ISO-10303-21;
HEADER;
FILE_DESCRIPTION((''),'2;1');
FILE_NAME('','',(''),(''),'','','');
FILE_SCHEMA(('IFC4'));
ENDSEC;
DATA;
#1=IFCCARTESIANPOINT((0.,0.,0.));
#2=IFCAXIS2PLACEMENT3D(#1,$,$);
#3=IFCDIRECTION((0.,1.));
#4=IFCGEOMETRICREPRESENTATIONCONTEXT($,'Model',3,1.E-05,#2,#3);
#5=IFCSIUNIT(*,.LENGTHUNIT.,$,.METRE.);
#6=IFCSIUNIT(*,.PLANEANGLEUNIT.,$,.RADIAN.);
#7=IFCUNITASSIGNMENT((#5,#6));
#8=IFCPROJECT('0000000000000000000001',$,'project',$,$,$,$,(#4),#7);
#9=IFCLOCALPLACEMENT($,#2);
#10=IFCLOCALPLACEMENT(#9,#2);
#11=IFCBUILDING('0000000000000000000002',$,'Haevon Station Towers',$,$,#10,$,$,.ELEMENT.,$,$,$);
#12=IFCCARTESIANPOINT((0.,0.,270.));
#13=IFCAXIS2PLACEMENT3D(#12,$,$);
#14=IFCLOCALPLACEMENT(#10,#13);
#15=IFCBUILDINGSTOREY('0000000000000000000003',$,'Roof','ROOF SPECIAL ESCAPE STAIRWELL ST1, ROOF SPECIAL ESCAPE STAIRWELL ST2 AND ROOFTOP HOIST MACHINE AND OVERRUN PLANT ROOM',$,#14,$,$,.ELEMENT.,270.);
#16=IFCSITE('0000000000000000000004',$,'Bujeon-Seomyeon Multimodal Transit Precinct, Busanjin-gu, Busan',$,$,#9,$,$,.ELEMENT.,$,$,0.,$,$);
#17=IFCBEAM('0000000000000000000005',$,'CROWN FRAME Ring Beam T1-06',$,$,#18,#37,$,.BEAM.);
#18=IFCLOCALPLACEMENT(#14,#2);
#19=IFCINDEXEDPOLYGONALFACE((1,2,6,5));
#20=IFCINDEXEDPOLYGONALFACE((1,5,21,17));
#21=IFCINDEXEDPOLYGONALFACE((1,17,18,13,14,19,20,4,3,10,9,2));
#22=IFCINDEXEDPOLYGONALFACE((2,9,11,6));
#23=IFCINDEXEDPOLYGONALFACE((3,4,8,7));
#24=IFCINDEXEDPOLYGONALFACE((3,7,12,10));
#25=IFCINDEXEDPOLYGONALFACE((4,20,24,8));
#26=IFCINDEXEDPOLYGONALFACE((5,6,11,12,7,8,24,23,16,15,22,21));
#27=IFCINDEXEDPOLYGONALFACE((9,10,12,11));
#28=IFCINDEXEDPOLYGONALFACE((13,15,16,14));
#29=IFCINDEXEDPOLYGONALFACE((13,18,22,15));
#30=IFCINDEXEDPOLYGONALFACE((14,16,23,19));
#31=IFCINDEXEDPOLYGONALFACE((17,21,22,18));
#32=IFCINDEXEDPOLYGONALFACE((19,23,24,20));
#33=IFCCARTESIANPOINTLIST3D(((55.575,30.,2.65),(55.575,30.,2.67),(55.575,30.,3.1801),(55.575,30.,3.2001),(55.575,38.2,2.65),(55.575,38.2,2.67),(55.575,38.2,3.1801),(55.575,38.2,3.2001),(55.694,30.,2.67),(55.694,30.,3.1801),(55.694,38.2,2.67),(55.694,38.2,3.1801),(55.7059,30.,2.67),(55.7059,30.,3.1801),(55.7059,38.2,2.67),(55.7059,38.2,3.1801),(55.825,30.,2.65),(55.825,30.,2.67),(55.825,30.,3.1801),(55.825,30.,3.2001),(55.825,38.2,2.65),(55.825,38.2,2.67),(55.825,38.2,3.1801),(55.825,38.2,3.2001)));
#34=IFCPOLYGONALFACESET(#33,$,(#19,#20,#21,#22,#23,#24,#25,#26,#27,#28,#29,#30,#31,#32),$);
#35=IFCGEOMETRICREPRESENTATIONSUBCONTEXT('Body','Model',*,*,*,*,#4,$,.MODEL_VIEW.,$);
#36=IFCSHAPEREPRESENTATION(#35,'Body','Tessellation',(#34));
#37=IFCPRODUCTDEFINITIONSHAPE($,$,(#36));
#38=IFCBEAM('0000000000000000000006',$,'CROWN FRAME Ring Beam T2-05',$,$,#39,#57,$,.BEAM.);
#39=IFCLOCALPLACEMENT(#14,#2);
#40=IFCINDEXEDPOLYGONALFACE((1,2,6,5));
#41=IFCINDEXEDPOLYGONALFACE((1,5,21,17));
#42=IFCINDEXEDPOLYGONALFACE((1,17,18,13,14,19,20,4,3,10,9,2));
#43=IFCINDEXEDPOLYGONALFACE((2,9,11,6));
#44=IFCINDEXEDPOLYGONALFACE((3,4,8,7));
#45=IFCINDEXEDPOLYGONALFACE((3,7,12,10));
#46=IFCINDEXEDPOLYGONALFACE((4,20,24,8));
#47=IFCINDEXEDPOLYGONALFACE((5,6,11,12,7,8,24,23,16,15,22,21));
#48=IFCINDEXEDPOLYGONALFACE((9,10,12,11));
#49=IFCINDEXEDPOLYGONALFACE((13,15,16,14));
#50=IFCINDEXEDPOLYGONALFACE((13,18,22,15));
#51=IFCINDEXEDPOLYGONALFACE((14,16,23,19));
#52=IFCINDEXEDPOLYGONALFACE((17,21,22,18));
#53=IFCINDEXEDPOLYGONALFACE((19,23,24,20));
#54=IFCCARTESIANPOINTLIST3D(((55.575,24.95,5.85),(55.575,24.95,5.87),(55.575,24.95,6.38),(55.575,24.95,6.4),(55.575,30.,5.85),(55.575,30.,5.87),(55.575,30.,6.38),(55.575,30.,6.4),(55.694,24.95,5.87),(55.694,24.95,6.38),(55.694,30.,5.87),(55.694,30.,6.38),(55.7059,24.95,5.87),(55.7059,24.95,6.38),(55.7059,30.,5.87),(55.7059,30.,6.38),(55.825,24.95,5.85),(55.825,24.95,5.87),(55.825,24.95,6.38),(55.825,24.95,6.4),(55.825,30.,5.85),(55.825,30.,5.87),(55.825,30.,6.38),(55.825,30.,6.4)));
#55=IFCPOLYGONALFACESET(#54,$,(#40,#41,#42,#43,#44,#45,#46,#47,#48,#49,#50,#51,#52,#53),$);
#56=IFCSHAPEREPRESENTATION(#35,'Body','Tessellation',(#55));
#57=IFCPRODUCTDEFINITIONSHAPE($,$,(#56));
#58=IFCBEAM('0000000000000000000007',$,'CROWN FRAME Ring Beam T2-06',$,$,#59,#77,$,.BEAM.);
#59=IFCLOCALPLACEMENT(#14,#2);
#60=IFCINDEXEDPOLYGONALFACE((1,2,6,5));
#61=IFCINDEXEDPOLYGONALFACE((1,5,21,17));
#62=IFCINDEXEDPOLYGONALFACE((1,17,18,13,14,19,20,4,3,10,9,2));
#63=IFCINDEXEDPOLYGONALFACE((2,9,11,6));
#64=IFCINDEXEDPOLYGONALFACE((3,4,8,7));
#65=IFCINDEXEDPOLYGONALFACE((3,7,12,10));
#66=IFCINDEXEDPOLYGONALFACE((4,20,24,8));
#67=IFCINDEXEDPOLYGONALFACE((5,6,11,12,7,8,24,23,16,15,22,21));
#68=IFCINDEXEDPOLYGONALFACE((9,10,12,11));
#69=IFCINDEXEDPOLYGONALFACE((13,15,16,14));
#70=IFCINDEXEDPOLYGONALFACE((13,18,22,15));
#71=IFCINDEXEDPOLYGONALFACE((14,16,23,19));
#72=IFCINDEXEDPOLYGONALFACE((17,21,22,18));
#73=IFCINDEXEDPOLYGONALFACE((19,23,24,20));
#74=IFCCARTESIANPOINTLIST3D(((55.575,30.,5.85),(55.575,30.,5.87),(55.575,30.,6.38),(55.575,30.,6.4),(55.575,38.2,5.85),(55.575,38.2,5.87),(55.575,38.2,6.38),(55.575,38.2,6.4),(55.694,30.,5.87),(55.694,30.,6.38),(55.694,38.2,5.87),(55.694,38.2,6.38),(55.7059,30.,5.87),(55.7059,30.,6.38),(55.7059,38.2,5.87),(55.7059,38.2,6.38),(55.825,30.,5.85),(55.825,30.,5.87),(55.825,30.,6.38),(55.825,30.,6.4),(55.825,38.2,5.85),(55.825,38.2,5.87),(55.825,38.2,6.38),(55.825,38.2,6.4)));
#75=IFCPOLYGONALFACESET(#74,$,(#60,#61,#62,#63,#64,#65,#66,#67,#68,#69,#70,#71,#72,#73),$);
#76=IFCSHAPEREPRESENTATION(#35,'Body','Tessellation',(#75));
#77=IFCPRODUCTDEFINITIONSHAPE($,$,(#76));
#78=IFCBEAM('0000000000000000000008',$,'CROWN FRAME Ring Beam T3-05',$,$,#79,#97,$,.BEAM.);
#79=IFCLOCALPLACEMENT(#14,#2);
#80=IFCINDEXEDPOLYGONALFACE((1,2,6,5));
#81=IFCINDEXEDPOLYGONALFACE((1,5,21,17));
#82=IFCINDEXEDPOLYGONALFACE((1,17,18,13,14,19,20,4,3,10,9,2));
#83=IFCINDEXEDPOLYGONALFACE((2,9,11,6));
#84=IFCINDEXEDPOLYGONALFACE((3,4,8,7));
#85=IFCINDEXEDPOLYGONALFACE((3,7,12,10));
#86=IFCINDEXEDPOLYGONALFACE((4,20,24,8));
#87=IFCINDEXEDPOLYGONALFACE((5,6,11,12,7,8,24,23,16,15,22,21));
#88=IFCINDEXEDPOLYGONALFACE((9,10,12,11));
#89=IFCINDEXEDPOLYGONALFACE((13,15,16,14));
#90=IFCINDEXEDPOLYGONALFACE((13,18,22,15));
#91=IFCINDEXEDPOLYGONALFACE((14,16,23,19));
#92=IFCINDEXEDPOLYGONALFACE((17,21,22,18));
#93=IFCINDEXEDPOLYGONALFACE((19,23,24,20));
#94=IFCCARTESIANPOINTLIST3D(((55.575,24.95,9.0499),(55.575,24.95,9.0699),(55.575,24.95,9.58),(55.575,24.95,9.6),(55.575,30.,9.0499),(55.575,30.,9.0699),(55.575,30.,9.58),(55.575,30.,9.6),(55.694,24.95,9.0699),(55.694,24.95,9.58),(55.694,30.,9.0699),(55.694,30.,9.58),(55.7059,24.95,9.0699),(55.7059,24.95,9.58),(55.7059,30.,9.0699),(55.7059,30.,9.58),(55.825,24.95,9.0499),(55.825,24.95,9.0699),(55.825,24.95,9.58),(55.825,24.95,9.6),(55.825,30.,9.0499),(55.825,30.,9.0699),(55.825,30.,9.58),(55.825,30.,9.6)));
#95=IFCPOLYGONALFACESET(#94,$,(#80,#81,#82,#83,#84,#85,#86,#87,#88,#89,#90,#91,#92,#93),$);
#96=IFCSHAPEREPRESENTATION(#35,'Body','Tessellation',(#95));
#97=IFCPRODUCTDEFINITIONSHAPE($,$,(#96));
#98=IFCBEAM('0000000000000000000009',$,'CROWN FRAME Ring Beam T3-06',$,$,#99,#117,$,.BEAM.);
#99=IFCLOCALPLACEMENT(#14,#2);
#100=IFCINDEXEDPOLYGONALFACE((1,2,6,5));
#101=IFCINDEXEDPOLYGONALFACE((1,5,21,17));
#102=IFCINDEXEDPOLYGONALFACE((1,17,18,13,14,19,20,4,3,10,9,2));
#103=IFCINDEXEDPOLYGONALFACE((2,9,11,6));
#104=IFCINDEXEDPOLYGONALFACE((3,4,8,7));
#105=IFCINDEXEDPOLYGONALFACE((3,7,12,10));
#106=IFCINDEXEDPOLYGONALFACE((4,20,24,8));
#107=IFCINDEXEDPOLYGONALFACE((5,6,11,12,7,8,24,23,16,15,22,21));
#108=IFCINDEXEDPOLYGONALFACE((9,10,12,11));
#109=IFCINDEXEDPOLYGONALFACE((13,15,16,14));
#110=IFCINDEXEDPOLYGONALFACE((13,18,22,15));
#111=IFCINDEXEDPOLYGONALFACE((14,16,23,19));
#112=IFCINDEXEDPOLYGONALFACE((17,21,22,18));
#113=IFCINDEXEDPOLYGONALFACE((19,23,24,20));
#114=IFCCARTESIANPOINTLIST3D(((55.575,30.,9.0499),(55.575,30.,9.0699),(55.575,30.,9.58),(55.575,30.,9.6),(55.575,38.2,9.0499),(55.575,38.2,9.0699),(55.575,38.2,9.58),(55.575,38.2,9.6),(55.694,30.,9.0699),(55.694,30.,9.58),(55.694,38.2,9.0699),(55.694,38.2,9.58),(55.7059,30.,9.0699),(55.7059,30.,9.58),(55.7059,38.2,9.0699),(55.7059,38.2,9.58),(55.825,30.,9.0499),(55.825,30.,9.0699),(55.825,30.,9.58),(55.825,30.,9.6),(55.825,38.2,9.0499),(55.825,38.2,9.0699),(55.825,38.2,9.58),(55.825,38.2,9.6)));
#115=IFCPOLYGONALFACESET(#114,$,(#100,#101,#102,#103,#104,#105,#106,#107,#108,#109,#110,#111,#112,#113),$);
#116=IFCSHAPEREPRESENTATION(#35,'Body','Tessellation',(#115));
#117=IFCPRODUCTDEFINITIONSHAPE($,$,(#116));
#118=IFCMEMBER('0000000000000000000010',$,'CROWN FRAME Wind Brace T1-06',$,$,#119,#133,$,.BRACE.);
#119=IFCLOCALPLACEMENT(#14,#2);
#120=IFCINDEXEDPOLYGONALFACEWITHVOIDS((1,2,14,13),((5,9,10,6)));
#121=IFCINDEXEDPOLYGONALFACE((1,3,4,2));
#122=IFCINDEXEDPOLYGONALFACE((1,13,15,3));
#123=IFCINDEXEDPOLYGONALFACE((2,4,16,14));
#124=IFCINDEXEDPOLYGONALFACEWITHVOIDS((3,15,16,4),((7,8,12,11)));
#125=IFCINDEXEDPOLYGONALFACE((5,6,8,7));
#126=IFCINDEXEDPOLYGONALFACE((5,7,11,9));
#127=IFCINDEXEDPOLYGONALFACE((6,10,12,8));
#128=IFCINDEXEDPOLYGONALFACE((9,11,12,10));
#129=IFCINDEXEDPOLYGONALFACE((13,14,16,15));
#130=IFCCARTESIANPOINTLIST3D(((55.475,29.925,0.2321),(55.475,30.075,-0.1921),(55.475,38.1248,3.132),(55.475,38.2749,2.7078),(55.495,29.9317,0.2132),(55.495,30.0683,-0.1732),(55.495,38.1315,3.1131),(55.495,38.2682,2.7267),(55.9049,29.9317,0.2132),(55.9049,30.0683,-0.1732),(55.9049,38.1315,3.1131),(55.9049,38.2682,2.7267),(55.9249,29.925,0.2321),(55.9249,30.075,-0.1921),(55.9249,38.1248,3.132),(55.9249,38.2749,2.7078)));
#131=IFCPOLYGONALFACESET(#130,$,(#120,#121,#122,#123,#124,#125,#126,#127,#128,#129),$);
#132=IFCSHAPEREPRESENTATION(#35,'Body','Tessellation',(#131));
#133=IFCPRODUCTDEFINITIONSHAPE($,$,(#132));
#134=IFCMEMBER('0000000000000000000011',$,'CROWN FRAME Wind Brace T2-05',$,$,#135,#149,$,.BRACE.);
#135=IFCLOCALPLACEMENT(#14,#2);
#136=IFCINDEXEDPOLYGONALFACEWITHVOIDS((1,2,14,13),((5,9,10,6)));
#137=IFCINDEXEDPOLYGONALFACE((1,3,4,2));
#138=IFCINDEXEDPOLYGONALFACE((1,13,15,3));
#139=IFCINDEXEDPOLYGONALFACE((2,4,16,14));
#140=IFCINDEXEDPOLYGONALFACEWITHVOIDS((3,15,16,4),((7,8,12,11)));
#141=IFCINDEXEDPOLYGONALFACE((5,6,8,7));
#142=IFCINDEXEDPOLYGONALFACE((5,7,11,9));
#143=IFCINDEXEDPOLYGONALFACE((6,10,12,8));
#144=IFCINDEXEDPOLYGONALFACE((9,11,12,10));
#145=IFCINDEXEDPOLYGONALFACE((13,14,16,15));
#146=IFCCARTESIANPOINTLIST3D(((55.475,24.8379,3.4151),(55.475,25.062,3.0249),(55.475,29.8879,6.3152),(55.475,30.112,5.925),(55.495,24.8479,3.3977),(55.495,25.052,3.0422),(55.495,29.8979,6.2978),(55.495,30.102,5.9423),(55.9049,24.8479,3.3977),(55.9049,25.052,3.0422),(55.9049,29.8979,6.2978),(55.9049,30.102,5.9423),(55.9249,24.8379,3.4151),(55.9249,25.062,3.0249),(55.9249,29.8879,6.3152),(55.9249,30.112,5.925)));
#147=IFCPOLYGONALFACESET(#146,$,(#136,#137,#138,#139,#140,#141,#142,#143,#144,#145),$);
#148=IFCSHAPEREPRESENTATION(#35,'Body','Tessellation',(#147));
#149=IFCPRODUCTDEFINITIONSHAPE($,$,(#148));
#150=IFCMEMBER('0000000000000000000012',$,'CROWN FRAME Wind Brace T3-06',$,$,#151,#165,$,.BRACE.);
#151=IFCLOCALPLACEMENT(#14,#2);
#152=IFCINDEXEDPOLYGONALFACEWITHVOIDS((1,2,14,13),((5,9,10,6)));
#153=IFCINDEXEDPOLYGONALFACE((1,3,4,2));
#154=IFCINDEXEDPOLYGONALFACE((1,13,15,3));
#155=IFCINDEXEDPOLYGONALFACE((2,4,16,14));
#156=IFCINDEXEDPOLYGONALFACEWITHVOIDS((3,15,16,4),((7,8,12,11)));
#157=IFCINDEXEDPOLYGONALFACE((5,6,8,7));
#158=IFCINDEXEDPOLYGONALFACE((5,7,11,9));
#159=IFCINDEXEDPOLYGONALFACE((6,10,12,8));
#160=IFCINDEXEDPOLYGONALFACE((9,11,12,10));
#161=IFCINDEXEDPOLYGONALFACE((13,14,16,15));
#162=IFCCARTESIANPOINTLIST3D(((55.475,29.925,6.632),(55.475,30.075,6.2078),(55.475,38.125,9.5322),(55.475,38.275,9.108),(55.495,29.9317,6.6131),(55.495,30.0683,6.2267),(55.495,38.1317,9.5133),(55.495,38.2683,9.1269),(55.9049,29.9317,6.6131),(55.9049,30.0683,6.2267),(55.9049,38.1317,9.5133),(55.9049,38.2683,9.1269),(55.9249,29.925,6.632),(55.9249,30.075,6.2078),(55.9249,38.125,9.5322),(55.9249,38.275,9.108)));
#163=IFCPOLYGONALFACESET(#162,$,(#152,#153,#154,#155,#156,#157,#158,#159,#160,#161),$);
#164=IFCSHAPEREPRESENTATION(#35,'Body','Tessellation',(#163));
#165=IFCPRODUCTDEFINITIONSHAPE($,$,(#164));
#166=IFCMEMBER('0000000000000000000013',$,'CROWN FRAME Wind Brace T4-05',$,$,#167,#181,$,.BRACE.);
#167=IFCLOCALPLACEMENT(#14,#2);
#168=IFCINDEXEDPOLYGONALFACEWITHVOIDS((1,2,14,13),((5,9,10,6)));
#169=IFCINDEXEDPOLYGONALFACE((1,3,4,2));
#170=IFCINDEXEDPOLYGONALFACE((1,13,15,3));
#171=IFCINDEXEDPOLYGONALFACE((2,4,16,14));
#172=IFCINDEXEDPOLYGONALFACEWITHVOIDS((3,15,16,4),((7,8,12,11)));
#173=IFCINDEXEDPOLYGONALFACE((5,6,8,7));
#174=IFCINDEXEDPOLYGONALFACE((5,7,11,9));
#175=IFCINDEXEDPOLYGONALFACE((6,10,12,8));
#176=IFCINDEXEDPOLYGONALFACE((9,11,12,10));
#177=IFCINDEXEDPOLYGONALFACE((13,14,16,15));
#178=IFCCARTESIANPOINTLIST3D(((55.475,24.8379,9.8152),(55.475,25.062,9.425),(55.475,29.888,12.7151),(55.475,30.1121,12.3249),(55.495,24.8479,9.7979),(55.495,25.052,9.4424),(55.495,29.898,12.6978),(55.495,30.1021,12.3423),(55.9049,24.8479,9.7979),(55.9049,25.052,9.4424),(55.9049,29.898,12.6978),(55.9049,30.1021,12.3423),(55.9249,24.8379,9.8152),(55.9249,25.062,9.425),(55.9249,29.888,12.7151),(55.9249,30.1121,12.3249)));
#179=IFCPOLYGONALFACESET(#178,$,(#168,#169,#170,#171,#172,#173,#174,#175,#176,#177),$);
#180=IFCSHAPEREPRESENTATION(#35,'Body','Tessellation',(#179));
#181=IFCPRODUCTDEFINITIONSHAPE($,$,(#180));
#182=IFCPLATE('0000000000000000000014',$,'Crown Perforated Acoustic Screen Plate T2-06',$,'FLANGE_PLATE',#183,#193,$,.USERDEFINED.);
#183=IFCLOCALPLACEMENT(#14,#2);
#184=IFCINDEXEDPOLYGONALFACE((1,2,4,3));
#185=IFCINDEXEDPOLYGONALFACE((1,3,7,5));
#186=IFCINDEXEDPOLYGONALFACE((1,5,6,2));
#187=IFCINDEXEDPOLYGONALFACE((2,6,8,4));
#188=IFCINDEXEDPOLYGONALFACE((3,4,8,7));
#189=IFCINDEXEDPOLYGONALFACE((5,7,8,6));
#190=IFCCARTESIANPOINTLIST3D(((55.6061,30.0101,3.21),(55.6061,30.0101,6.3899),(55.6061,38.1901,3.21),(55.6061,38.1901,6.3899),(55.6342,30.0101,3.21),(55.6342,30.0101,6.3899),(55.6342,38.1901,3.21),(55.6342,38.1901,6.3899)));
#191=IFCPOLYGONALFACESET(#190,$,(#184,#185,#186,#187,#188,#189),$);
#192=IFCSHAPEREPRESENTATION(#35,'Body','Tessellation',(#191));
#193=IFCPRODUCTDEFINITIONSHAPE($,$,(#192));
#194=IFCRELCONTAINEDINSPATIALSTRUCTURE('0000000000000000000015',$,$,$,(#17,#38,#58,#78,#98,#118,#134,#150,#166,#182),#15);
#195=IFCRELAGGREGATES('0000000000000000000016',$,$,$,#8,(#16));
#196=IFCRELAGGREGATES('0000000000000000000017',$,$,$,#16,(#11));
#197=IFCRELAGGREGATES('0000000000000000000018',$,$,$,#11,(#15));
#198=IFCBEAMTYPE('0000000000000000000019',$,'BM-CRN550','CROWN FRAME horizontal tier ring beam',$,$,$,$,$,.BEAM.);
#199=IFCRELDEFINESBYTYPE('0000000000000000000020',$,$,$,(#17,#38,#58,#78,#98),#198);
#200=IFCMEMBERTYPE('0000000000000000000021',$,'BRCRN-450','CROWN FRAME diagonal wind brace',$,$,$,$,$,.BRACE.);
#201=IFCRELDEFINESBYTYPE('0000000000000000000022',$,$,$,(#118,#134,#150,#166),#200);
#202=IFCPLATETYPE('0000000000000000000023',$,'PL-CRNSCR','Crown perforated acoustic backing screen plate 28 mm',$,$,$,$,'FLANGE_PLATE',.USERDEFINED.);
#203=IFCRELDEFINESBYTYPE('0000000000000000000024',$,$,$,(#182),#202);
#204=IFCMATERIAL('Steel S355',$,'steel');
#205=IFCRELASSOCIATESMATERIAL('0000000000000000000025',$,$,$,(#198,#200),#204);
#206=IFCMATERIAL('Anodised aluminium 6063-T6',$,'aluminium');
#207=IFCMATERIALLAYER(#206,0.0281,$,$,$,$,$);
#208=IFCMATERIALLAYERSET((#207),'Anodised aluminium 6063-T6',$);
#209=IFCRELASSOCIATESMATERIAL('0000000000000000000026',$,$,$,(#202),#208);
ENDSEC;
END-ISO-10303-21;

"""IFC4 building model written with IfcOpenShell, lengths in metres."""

from ifc_helpers import new_model, si_unit, direction, frame, origin, origin_2d, place, context, subcontext, project, spatial, rectangle, hollow_rectangle, i_section, extrude, material, layer, layer_set, material_profile, profile_set, type_object, element, save


model = new_model("IFC4")

# Units and contexts
model_context = context("Model", 3, precision=1e-05, world=origin(), true_north=direction((0.0, 1.0)))
body_context = subcontext(model_context, "Body", "Model", "MODEL_VIEW")
ifc_project = project(units=[si_unit("LENGTHUNIT", "METRE"), si_unit("PLANEANGLEUNIT", "RADIAN")], contexts=[model_context])

# Site, building, storey
site_placement = place(None, origin())
site = spatial("IfcSite", under=ifc_project, at=site_placement, Name="Bujeon-Seomyeon Multimodal Transit Precinct, Busanjin-gu, Busan", CompositionType="ELEMENT", RefElevation=0.0)
building_placement = place(site_placement, origin())
building = spatial("IfcBuilding", under=site, at=building_placement, Name="Haevon Station Towers", CompositionType="ELEMENT")
storey_placement = place(building_placement, frame((0.0, 0.0, 270.0)))
storey = spatial("IfcBuildingStorey", under=building, at=storey_placement, Name="Roof", Description="ROOF SPECIAL ESCAPE STAIRWELL ST1, ROOF SPECIAL ESCAPE STAIRWELL ST2 AND ROOFTOP HOIST MACHINE AND OVERRUN PLANT ROOM", CompositionType="ELEMENT", Elevation=270.0)

# Shared definitions
ifc_material_1 = material(Name="Steel S355", Category="steel")

# Beams
ifc_material_profile_1 = material_profile(ifc_material_1, i_section(OverallWidth=0.25, OverallDepth=0.55, WebThickness=0.012, FlangeThickness=0.02, at=origin_2d()), Name="H-550x250x12x20")
ifc_profile_set_1 = profile_set([ifc_material_profile_1], Name="Steel S355")
beam_type = type_object("IfcBeamType", Name="BM-CRN550", Description="CROWN FRAME horizontal tier ring beam", PredefinedType="BEAM", material=ifc_profile_set_1)
beam_1_placement = place(storey_placement, frame((55.7, 30.0, 2.925), z_axis=(0.0, 1.0, 0.0), x_axis=(-1.0, 0.0, 0.0)))
element("IfcBeam", 1, at=beam_1_placement, inside=storey, type_object=beam_type, Name="CROWN FRAME Ring Beam T1-06", PredefinedType="BEAM", context=body_context, shape_type="SweptSolid", body=[
    extrude(i_section(OverallWidth=0.25, OverallDepth=0.55, WebThickness=0.012, FlangeThickness=0.02, at=origin_2d()), origin(), (0.0, 0.0, 1.0), 8.2),
])
beam_2_placement = place(storey_placement, frame((55.7, 24.95, 6.125), z_axis=(0.0, 1.0, 0.0), x_axis=(-1.0, 0.0, 0.0)))
element("IfcBeam", 2, at=beam_2_placement, inside=storey, type_object=beam_type, Name="CROWN FRAME Ring Beam T2-05", PredefinedType="BEAM", context=body_context, shape_type="SweptSolid", body=[
    extrude(i_section(OverallWidth=0.25, OverallDepth=0.55, WebThickness=0.012, FlangeThickness=0.02, at=origin_2d()), origin(), (0.0, 0.0, 1.0), 5.05),
])
beam_3_placement = place(storey_placement, frame((55.7, 30.0, 6.125), z_axis=(0.0, 1.0, 0.0), x_axis=(-1.0, 0.0, 0.0)))
element("IfcBeam", 3, at=beam_3_placement, inside=storey, type_object=beam_type, Name="CROWN FRAME Ring Beam T2-06", PredefinedType="BEAM", context=body_context, shape_type="SweptSolid", body=[
    extrude(i_section(OverallWidth=0.25, OverallDepth=0.55, WebThickness=0.012, FlangeThickness=0.02, at=origin_2d()), origin(), (0.0, 0.0, 1.0), 8.2),
])
beam_4_placement = place(storey_placement, frame((55.7, 24.95, 9.325), z_axis=(0.0, 1.0, 0.0), x_axis=(-1.0, 0.0, 0.0)))
element("IfcBeam", 4, at=beam_4_placement, inside=storey, type_object=beam_type, Name="CROWN FRAME Ring Beam T3-05", PredefinedType="BEAM", context=body_context, shape_type="SweptSolid", body=[
    extrude(i_section(OverallWidth=0.25, OverallDepth=0.55, WebThickness=0.012, FlangeThickness=0.02, at=origin_2d()), origin(), (0.0, 0.0, 1.0), 5.05),
])
beam_5_placement = place(storey_placement, frame((55.7, 30.0, 9.325), z_axis=(0.0, 1.0, 0.0), x_axis=(-1.0, 0.0, 0.0)))
element("IfcBeam", 5, at=beam_5_placement, inside=storey, type_object=beam_type, Name="CROWN FRAME Ring Beam T3-06", PredefinedType="BEAM", context=body_context, shape_type="SweptSolid", body=[
    extrude(i_section(OverallWidth=0.25, OverallDepth=0.55, WebThickness=0.012, FlangeThickness=0.02, at=origin_2d()), origin(), (0.0, 0.0, 1.0), 8.2),
])

# Members
ifc_material_profile_2 = material_profile(ifc_material_1, hollow_rectangle(XDim=0.45, YDim=0.45, WallThickness=0.02, at=origin_2d()), Name="RHS-450x450x20")
ifc_profile_set_2 = profile_set([ifc_material_profile_2], Name="Steel S355")
member_type = type_object("IfcMemberType", Name="BRCRN-450", Description="CROWN FRAME diagonal wind brace", PredefinedType="BRACE", material=ifc_profile_set_2)
member_1_placement = place(storey_placement, frame((55.7, 30.0, 0.02), z_axis=(0.0, 0.942781, 0.333413), x_axis=(-1.0, 0.0, 0.0)))
element("IfcMember", 6, at=member_1_placement, inside=storey, type_object=member_type, Name="CROWN FRAME Wind Brace T1-06", PredefinedType="BRACE", context=body_context, shape_type="SweptSolid", body=[
    extrude(hollow_rectangle(XDim=0.45, YDim=0.45, WallThickness=0.02, at=origin_2d()), origin(), (0.0, 0.0, 1.0), 8.6975),
])
member_2_placement = place(storey_placement, frame((55.7, 24.95, 3.22), z_axis=(0.0, 0.867176, 0.498002), x_axis=(-1.0, 0.0, 0.0)))
element("IfcMember", 7, at=member_2_placement, inside=storey, type_object=member_type, Name="CROWN FRAME Wind Brace T2-05", PredefinedType="BRACE", context=body_context, shape_type="SweptSolid", body=[
    extrude(hollow_rectangle(XDim=0.45, YDim=0.45, WallThickness=0.02, at=origin_2d()), origin(), (0.0, 0.0, 1.0), 5.8235),
])
member_3_placement = place(storey_placement, frame((55.7, 30.0, 6.4199), z_axis=(0.0, 0.942772, 0.333438), x_axis=(-1.0, 0.0, 0.0)))
element("IfcMember", 8, at=member_3_placement, inside=storey, type_object=member_type, Name="CROWN FRAME Wind Brace T3-06", PredefinedType="BRACE", context=body_context, shape_type="SweptSolid", body=[
    extrude(hollow_rectangle(XDim=0.45, YDim=0.45, WallThickness=0.02, at=origin_2d()), origin(), (0.0, 0.0, 1.0), 8.6978),
])
member_4_placement = place(storey_placement, frame((55.7, 24.95, 9.6201), z_axis=(0.0, 0.867194, 0.497971), x_axis=(-1.0, 0.0, 0.0)))
element("IfcMember", 9, at=member_4_placement, inside=storey, type_object=member_type, Name="CROWN FRAME Wind Brace T4-05", PredefinedType="BRACE", context=body_context, shape_type="SweptSolid", body=[
    extrude(hollow_rectangle(XDim=0.45, YDim=0.45, WallThickness=0.02, at=origin_2d()), origin(), (0.0, 0.0, 1.0), 5.8235),
])

# Plate
ifc_material_2 = material(Name="Anodised aluminium 6063-T6", Category="aluminium")
ifc_layer_1 = layer(ifc_material_2, 0.0281)
ifc_layer_set_1 = layer_set([ifc_layer_1], Name="Anodised aluminium 6063-T6")
plate_type_1 = type_object("IfcPlateType", Name="PL-CRNSCR", Description="Crown perforated acoustic backing screen plate 28 mm", ElementType="FLANGE_PLATE", PredefinedType="USERDEFINED", material=ifc_layer_set_1)
plate_1_placement = place(storey_placement, frame((55.6201, 34.1001, 3.21), z_axis=(0.0, 0.0, 1.0), x_axis=(0.0, 1.0, 0.0)))
element("IfcPlate", 10, at=plate_1_placement, inside=storey, type_object=plate_type_1, Name="Crown Perforated Acoustic Screen Plate T2-06", ObjectType="FLANGE_PLATE", PredefinedType="USERDEFINED", context=body_context, shape_type="SweptSolid", body=[
    extrude(rectangle(XDim=8.1799, YDim=0.0281, at=origin_2d()), origin(), (0.0, 0.0, 1.0), 3.1799),
])

save(model, "model.ifc")
